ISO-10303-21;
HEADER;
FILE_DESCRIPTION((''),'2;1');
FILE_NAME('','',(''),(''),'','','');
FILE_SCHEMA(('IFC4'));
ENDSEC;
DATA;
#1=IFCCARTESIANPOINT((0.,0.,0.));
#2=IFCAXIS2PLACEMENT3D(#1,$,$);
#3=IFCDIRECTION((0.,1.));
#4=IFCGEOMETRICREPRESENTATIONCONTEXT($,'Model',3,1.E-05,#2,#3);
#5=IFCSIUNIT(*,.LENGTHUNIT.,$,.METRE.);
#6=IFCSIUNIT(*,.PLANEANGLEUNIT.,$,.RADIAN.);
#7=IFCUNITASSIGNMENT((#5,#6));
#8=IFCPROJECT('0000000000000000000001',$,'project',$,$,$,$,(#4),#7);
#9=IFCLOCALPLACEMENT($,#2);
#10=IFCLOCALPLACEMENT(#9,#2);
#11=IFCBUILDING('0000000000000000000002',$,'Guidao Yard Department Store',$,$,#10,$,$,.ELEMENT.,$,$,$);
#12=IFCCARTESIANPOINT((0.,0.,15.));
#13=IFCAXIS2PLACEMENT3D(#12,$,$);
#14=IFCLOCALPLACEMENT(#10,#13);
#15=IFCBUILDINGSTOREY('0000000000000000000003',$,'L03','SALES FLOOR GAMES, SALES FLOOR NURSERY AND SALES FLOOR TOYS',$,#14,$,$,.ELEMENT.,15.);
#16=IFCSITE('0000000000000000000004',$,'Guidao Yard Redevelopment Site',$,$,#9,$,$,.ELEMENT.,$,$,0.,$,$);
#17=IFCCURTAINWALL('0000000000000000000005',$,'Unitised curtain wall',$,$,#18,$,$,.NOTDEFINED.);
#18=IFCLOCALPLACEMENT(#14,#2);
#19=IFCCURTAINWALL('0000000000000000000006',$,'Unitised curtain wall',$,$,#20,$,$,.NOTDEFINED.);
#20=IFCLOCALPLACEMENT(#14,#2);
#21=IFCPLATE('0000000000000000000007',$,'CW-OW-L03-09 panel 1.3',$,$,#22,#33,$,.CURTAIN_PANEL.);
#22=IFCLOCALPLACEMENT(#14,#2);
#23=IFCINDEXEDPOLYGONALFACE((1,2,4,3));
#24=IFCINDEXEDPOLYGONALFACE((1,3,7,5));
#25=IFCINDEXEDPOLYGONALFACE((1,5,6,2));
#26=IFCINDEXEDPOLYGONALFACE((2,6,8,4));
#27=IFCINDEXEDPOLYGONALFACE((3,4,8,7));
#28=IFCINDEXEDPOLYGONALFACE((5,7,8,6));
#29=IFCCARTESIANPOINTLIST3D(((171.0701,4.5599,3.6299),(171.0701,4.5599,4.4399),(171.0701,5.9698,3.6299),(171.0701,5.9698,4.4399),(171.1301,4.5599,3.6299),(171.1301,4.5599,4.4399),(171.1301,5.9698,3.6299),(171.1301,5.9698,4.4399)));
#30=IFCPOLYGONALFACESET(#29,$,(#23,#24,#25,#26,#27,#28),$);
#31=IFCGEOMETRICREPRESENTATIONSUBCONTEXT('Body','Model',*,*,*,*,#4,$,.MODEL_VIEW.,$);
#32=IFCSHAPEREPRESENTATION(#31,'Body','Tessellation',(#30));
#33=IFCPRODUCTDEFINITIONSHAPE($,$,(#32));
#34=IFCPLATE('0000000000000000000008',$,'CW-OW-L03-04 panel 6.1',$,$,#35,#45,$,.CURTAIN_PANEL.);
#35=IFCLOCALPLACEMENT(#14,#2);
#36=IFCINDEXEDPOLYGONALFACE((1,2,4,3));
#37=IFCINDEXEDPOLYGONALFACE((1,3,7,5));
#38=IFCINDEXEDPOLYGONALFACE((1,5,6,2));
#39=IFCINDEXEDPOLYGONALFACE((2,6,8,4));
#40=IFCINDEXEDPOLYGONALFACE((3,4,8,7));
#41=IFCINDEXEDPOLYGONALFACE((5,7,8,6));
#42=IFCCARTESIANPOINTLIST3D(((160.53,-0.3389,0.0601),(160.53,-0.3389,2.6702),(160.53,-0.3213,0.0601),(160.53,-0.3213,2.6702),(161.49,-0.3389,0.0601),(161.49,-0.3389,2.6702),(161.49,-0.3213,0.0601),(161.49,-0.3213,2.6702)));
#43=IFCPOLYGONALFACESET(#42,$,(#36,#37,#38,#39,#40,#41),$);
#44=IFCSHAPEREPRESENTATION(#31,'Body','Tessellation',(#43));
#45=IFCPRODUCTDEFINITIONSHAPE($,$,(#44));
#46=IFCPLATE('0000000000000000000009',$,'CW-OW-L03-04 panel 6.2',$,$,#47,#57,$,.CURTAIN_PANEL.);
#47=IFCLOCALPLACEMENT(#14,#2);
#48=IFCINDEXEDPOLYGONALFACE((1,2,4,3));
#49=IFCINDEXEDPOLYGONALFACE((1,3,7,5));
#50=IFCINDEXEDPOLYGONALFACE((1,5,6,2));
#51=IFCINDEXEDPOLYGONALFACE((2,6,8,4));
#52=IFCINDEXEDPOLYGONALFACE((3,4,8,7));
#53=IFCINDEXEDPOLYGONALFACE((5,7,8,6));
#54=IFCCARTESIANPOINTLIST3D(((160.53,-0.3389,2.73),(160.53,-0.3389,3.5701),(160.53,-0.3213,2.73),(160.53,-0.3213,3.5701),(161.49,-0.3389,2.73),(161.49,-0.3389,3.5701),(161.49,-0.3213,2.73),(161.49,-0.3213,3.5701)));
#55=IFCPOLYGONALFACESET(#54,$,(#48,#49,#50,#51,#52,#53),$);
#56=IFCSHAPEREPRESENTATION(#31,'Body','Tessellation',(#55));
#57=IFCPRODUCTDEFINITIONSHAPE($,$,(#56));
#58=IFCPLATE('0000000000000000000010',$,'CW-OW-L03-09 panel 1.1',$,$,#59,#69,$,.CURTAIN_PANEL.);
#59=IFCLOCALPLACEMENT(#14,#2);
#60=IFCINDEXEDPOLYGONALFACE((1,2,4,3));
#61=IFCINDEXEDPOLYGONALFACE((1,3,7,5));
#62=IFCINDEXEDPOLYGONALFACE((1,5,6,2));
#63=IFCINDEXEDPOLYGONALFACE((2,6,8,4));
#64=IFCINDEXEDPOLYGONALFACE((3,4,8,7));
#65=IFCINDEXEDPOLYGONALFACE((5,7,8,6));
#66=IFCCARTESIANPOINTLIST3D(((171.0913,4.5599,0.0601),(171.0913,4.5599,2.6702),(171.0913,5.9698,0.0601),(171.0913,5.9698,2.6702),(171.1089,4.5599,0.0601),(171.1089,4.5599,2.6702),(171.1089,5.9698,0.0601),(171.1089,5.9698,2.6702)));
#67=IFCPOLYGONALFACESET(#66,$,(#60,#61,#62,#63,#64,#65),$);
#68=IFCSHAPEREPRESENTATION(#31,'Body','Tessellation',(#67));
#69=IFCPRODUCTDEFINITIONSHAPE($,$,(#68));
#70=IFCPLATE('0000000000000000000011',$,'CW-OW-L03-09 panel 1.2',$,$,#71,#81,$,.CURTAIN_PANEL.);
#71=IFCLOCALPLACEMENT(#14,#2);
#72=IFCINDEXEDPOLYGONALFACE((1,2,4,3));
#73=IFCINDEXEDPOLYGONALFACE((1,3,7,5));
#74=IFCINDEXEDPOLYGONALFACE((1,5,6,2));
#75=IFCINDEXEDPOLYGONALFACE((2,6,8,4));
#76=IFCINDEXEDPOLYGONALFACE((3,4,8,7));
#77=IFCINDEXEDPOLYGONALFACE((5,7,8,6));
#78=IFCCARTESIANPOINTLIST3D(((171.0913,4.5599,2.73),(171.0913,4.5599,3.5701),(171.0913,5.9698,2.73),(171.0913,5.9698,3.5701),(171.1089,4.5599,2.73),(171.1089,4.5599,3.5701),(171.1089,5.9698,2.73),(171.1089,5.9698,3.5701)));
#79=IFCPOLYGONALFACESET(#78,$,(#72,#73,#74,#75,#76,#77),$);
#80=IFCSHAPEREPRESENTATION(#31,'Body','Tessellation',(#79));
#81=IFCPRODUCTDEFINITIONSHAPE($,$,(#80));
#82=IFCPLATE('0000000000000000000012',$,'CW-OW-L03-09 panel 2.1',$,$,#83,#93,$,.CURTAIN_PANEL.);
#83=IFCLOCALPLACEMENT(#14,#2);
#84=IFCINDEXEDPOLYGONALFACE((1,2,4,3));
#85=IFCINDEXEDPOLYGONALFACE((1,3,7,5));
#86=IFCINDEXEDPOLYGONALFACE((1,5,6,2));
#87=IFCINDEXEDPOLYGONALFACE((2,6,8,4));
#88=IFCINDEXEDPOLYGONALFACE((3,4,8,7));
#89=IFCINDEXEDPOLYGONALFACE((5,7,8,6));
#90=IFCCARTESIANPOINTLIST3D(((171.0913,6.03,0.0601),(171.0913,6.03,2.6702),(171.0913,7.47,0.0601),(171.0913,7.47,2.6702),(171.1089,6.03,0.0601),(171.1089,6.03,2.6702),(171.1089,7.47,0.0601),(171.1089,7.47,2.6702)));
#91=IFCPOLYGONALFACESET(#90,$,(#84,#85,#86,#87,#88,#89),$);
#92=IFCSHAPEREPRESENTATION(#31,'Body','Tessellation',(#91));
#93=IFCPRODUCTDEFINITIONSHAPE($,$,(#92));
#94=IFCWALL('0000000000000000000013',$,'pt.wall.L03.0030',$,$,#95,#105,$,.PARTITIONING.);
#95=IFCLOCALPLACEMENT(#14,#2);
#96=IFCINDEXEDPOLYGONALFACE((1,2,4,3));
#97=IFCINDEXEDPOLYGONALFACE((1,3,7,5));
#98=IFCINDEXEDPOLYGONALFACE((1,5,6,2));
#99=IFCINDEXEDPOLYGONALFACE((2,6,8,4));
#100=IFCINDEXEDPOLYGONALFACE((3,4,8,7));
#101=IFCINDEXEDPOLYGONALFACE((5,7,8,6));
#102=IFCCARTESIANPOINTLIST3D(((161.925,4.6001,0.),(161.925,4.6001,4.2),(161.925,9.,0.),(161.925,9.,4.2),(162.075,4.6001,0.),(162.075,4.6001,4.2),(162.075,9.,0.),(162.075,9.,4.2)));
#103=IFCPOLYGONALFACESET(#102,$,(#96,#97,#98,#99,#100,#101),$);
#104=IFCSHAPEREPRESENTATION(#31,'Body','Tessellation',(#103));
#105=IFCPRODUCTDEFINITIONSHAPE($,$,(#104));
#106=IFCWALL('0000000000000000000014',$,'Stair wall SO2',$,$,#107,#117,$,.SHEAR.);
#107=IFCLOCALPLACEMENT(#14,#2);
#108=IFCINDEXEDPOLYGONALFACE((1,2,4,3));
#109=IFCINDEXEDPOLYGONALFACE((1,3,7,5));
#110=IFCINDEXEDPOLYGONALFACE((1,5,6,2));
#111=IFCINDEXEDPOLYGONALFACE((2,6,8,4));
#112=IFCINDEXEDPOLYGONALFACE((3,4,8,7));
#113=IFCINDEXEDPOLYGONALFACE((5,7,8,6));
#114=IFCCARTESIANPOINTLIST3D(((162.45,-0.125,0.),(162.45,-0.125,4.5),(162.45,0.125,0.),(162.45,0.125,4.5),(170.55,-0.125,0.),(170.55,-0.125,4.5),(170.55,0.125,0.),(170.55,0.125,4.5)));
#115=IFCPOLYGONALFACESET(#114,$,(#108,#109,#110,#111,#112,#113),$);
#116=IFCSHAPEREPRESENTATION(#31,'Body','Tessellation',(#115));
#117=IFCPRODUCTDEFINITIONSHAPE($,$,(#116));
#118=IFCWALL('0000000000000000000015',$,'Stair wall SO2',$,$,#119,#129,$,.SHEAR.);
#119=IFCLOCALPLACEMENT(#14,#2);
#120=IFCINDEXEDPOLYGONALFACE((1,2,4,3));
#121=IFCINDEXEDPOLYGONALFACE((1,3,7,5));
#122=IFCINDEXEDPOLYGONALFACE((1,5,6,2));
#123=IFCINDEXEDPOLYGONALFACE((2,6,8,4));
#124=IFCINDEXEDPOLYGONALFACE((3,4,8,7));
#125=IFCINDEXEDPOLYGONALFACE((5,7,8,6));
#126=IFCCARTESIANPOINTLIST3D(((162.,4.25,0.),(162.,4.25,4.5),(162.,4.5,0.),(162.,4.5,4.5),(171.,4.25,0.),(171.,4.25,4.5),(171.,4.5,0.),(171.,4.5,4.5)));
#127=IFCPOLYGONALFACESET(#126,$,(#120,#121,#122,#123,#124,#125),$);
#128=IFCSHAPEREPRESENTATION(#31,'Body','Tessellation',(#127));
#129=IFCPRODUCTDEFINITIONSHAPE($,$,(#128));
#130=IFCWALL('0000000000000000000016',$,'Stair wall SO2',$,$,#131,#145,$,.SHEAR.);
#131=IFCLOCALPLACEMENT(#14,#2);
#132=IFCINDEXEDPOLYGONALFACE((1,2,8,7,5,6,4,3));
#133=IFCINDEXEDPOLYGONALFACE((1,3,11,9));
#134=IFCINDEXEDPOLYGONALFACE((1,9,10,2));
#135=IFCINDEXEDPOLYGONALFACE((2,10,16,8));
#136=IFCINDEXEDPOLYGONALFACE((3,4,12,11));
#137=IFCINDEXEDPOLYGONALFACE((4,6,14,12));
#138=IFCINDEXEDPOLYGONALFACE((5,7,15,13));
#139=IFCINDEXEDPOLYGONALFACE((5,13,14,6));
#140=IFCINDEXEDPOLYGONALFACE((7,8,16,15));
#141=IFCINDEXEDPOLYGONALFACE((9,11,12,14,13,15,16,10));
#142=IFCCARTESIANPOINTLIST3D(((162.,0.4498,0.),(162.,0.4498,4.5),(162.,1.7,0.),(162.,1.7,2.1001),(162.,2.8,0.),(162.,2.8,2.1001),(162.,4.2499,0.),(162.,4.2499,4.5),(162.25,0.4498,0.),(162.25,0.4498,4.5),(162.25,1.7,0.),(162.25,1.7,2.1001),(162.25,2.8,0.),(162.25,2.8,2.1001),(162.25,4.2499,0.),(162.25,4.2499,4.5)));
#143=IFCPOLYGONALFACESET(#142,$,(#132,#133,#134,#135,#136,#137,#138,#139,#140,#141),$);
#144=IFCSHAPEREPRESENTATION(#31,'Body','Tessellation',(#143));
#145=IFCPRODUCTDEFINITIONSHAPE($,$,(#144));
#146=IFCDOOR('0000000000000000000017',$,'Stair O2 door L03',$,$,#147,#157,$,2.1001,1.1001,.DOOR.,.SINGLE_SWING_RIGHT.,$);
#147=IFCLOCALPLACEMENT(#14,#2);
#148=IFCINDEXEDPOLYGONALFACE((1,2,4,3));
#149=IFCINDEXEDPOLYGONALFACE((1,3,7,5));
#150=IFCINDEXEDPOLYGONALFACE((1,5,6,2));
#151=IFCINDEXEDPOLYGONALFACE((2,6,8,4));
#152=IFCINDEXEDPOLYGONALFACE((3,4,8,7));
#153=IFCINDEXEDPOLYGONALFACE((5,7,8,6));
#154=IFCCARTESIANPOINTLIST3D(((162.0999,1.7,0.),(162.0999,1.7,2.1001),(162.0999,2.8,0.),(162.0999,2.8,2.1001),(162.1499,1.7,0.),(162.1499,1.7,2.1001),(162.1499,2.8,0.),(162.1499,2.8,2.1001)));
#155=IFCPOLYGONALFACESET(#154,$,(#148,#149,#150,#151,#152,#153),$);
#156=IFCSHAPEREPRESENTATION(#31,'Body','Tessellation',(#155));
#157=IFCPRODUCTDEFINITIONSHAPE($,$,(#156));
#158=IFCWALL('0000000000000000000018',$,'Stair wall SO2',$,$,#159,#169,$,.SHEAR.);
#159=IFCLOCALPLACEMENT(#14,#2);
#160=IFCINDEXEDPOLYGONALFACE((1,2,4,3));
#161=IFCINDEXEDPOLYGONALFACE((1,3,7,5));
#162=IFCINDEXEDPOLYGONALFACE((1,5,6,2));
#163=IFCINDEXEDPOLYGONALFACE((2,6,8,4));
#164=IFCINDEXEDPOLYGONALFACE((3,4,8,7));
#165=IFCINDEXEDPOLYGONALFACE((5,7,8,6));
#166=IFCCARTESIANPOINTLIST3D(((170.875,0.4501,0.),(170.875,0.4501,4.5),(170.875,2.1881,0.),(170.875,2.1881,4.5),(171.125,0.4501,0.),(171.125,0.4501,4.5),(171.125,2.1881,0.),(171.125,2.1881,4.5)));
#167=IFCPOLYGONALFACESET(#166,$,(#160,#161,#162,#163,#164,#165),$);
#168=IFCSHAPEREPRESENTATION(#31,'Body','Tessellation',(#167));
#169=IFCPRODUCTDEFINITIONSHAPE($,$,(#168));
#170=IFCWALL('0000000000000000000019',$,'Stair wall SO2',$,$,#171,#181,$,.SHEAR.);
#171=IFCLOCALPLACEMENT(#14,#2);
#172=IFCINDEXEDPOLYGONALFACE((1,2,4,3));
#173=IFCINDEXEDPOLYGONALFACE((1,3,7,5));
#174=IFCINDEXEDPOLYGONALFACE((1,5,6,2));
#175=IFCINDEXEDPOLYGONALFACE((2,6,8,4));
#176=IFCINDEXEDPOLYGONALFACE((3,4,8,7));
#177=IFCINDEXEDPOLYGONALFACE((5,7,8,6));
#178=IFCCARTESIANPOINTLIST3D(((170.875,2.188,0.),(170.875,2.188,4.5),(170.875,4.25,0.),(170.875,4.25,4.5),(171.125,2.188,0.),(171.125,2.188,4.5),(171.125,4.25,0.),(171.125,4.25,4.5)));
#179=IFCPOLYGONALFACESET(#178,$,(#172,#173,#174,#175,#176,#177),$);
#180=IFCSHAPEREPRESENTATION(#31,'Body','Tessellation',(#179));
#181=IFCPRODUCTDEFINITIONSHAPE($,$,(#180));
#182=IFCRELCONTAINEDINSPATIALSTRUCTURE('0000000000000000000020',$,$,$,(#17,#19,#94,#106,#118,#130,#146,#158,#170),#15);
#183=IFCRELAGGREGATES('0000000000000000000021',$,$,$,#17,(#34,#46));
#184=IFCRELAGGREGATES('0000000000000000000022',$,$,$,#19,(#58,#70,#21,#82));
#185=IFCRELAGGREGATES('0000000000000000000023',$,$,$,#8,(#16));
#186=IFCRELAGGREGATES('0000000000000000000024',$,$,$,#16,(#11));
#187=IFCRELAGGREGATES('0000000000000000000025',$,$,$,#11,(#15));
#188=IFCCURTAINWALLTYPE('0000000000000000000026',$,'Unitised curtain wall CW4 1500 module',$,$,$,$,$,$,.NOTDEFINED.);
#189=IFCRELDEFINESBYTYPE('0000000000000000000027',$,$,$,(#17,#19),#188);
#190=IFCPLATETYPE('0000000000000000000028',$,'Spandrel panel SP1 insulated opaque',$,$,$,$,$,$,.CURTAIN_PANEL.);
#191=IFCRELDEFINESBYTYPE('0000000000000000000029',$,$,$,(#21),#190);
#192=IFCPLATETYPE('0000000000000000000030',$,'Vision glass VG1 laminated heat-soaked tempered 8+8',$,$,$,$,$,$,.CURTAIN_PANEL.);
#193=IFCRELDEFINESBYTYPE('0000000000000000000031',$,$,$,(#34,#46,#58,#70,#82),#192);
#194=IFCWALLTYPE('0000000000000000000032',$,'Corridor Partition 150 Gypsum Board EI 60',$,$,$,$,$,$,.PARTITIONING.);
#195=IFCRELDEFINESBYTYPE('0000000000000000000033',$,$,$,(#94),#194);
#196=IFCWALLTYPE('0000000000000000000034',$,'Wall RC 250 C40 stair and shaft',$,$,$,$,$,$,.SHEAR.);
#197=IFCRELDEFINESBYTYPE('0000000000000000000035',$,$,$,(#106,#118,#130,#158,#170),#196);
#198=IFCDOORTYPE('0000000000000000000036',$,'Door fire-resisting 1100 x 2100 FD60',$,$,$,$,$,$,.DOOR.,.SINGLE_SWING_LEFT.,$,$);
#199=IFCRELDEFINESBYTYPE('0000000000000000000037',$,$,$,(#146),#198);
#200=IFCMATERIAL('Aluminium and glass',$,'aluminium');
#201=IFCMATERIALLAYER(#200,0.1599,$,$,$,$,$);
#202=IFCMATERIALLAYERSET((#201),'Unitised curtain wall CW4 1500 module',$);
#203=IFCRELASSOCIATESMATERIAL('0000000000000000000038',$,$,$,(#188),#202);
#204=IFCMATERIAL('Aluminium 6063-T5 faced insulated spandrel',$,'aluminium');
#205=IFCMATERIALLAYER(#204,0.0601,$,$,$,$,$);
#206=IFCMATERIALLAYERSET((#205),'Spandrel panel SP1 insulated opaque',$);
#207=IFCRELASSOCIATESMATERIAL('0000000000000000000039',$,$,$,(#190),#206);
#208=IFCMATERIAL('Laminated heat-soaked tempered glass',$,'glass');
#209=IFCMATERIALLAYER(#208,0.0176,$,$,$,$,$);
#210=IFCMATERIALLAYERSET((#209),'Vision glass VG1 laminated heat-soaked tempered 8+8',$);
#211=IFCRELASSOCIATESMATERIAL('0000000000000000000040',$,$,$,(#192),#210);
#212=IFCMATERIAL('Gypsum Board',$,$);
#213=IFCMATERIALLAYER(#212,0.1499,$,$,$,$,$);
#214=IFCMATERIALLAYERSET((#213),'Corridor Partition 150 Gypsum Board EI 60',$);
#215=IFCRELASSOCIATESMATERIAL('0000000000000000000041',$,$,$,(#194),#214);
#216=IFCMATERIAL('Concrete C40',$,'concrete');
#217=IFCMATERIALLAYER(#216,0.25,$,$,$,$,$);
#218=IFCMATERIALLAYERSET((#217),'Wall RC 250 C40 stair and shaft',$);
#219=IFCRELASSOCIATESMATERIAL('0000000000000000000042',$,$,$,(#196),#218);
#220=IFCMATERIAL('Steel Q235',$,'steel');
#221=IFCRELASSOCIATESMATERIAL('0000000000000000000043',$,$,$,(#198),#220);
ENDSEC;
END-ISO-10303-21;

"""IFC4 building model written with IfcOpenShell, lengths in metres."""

from ifc_helpers import new_model, si_unit, direction, frame, frame_2d, origin, origin_2d, place, context, subcontext, project, spatial, rectangle, extrude, material, layer, layer_set, type_object, element, fill, aggregate, save


model = new_model("IFC4")

# Units and contexts
model_context = context("Model", 3, precision=1e-05, world=origin(), true_north=direction((0.0, 1.0)))
body_context = subcontext(model_context, "Body", "Model", "MODEL_VIEW")
ifc_project = project(units=[si_unit("LENGTHUNIT", "METRE"), si_unit("PLANEANGLEUNIT", "RADIAN")], contexts=[model_context])

# Site, building, storey
site_placement = place(None, origin())
site = spatial("IfcSite", under=ifc_project, at=site_placement, Name="Guidao Yard Redevelopment Site", CompositionType="ELEMENT", RefElevation=0.0)
building_placement = place(site_placement, origin())
building = spatial("IfcBuilding", under=site, at=building_placement, Name="Guidao Yard Department Store", CompositionType="ELEMENT")
storey_placement = place(building_placement, frame((0.0, 0.0, 15.0)))
storey = spatial("IfcBuildingStorey", under=building, at=storey_placement, Name="L03", Description="SALES FLOOR GAMES, SALES FLOOR NURSERY AND SALES FLOOR TOYS", CompositionType="ELEMENT", Elevation=15.0)

# Curtain wall
ifc_material_1 = material(Name="Aluminium and glass", Category="aluminium")
ifc_layer_1 = layer(ifc_material_1, 0.1599)
ifc_layer_set_1 = layer_set([ifc_layer_1], Name="Unitised curtain wall CW4 1500 module")
curtain_wall_type = type_object("IfcCurtainWallType", Name="Unitised curtain wall CW4 1500 module", PredefinedType="NOTDEFINED", material=ifc_layer_set_1)
curtain_wall_1_placement = place(storey_placement, origin())
curtain_wall_1 = element("IfcCurtainWall", 1, at=curtain_wall_1_placement, inside=storey, type_object=curtain_wall_type, Name="Unitised curtain wall", PredefinedType="NOTDEFINED")

# Curtain wall
curtain_wall_2_placement = place(storey_placement, origin())
curtain_wall_2 = element("IfcCurtainWall", 2, at=curtain_wall_2_placement, inside=storey, type_object=curtain_wall_type, Name="Unitised curtain wall", PredefinedType="NOTDEFINED")

# Plates
ifc_material_2 = material(Name="Aluminium 6063-T5 faced insulated spandrel", Category="aluminium")
ifc_layer_2 = layer(ifc_material_2, 0.0601)
ifc_layer_set_2 = layer_set([ifc_layer_2], Name="Spandrel panel SP1 insulated opaque")
plate_type_1 = type_object("IfcPlateType", Name="Spandrel panel SP1 insulated opaque", PredefinedType="CURTAIN_PANEL", material=ifc_layer_set_2)
plate_1_placement = place(storey_placement, frame((171.1001, 5.2649, 3.6299), z_axis=(0.0, 0.0, 1.0), x_axis=(0.0, -1.0, 0.0)))
plate_1 = element("IfcPlate", 3, at=plate_1_placement, type_object=plate_type_1, Name="CW-OW-L03-09 panel 1.3", PredefinedType="CURTAIN_PANEL", context=body_context, shape_type="SweptSolid", body=[
    extrude(rectangle(XDim=1.4099, YDim=0.0601, at=origin_2d()), origin(), (0.0, 0.0, 1.0), 0.8101),
])
ifc_material_3 = material(Name="Laminated heat-soaked tempered glass", Category="glass")
ifc_layer_3 = layer(ifc_material_3, 0.0176)
ifc_layer_set_3 = layer_set([ifc_layer_3], Name="Vision glass VG1 laminated heat-soaked tempered 8+8")
plate_type_2 = type_object("IfcPlateType", Name="Vision glass VG1 laminated heat-soaked tempered 8+8", PredefinedType="CURTAIN_PANEL", material=ifc_layer_set_3)
plate_2_placement = place(storey_placement, frame((161.01, -0.3301, 0.0601), z_axis=(0.0, 0.0, 1.0), x_axis=(-1.0, 0.0, 0.0)))
plate_2 = element("IfcPlate", 4, at=plate_2_placement, type_object=plate_type_2, Name="CW-OW-L03-04 panel 6.1", PredefinedType="CURTAIN_PANEL", context=body_context, shape_type="SweptSolid", body=[
    extrude(rectangle(XDim=0.96, YDim=0.0176, at=origin_2d()), origin(), (0.0, 0.0, 1.0), 2.6101),
])
plate_3_placement = place(storey_placement, frame((161.01, -0.3301, 2.73), z_axis=(0.0, 0.0, 1.0), x_axis=(-1.0, 0.0, 0.0)))
plate_3 = element("IfcPlate", 5, at=plate_3_placement, type_object=plate_type_2, Name="CW-OW-L03-04 panel 6.2", PredefinedType="CURTAIN_PANEL", context=body_context, shape_type="SweptSolid", body=[
    extrude(rectangle(XDim=0.96, YDim=0.0176, at=origin_2d()), origin(), (0.0, 0.0, 1.0), 0.8401),
])
aggregate(curtain_wall_1, [plate_2, plate_3])
plate_4_placement = place(storey_placement, frame((171.1001, 5.2649, 0.0601), z_axis=(0.0, 0.0, 1.0), x_axis=(0.0, -1.0, 0.0)))
plate_4 = element("IfcPlate", 6, at=plate_4_placement, type_object=plate_type_2, Name="CW-OW-L03-09 panel 1.1", PredefinedType="CURTAIN_PANEL", context=body_context, shape_type="SweptSolid", body=[
    extrude(rectangle(XDim=1.4099, YDim=0.0176, at=origin_2d()), origin(), (0.0, 0.0, 1.0), 2.6101),
])
plate_5_placement = place(storey_placement, frame((171.1001, 5.2649, 2.73), z_axis=(0.0, 0.0, 1.0), x_axis=(0.0, -1.0, 0.0)))
plate_5 = element("IfcPlate", 7, at=plate_5_placement, type_object=plate_type_2, Name="CW-OW-L03-09 panel 1.2", PredefinedType="CURTAIN_PANEL", context=body_context, shape_type="SweptSolid", body=[
    extrude(rectangle(XDim=1.4099, YDim=0.0176, at=origin_2d()), origin(), (0.0, 0.0, 1.0), 0.8401),
])
plate_6_placement = place(storey_placement, frame((171.1001, 6.75, 0.0601), z_axis=(0.0, 0.0, 1.0), x_axis=(0.0, -1.0, 0.0)))
plate_6 = element("IfcPlate", 8, at=plate_6_placement, type_object=plate_type_2, Name="CW-OW-L03-09 panel 2.1", PredefinedType="CURTAIN_PANEL", context=body_context, shape_type="SweptSolid", body=[
    extrude(rectangle(XDim=1.4399, YDim=0.0176, at=origin_2d()), origin(), (0.0, 0.0, 1.0), 2.6101),
])
aggregate(curtain_wall_2, [plate_4, plate_5, plate_1, plate_6])

# Walls
ifc_material_4 = material(Name="Gypsum Board")
ifc_layer_4 = layer(ifc_material_4, 0.1499)
ifc_layer_set_4 = layer_set([ifc_layer_4], Name="Corridor Partition 150 Gypsum Board EI 60")
wall_type_1 = type_object("IfcWallType", Name="Corridor Partition 150 Gypsum Board EI 60", PredefinedType="PARTITIONING", material=ifc_layer_set_4)
wall_1_placement = place(storey_placement, frame((162.0, 4.6001, 0.0), z_axis=(0.0, 0.0, 1.0), x_axis=(0.0, 1.0, 0.0)))
element("IfcWall", 9, at=wall_1_placement, inside=storey, type_object=wall_type_1, Name="pt.wall.L03.0030", PredefinedType="PARTITIONING", context=body_context, shape_type="SweptSolid", body=[
    extrude(rectangle(XDim=4.3999, YDim=0.1499, at=frame_2d((2.2, 0.0))), origin(), (0.0, 0.0, 1.0), 4.2),
])
ifc_material_5 = material(Name="Concrete C40", Category="concrete")
ifc_layer_5 = layer(ifc_material_5, 0.25)
ifc_layer_set_5 = layer_set([ifc_layer_5], Name="Wall RC 250 C40 stair and shaft")
wall_type_2 = type_object("IfcWallType", Name="Wall RC 250 C40 stair and shaft", PredefinedType="SHEAR", material=ifc_layer_set_5)
wall_2_placement = place(storey_placement, frame((162.45, 0.0, 0.0), z_axis=(0.0, 0.0, 1.0), x_axis=(1.0, 0.0, 0.0)))
element("IfcWall", 10, at=wall_2_placement, inside=storey, type_object=wall_type_2, Name="Stair wall SO2", PredefinedType="SHEAR", context=body_context, shape_type="SweptSolid", body=[
    extrude(rectangle(XDim=8.1001, YDim=0.25, at=frame_2d((4.05, 0.0))), origin(), (0.0, 0.0, 1.0), 4.5),
])
wall_3_placement = place(storey_placement, frame((162.0, 4.375, 0.0), z_axis=(0.0, 0.0, 1.0), x_axis=(1.0, 0.0, 0.0)))
element("IfcWall", 11, at=wall_3_placement, inside=storey, type_object=wall_type_2, Name="Stair wall SO2", PredefinedType="SHEAR", context=body_context, shape_type="SweptSolid", body=[
    extrude(rectangle(XDim=9.0, YDim=0.25, at=frame_2d((4.5, 0.0))), origin(), (0.0, 0.0, 1.0), 4.5),
])

# Wall, opening, door
wall_4_placement = place(storey_placement, frame((162.125, 0.45, 0.0), z_axis=(0.0, 0.0, 1.0), x_axis=(0.0, 1.0, 0.0)))
wall_4 = element("IfcWall", 12, at=wall_4_placement, inside=storey, type_object=wall_type_2, Name="Stair wall SO2", PredefinedType="SHEAR", context=body_context, shape_type="SweptSolid", body=[
    extrude(rectangle(XDim=3.8, YDim=0.25, at=frame_2d((1.8999, 0.0))), origin(), (0.0, 0.0, 1.0), 4.5),
])
opening_placement = place(wall_4_placement, frame((2.3501, 0.0, 0.0), z_axis=(0.0, 0.0, 1.0), x_axis=(-1.0, 0.0, 0.0)))
opening = element("IfcOpeningElement", 13, at=opening_placement, cuts=wall_4, PredefinedType="OPENING", context=body_context, shape_type="SweptSolid", body=[
    extrude(rectangle(XDim=1.1001, YDim=2.1001, at=frame_2d((0.55, 1.05))), frame((0.0, 0.135, 0.0), z_axis=(0.0, -1.0, 0.0), x_axis=(1.0, 0.0, 0.0)), (0.0, 0.0, 1.0), 0.27),
])
ifc_material_6 = material(Name="Steel Q235", Category="steel")
door_type = type_object("IfcDoorType", Name="Door fire-resisting 1100 x 2100 FD60", OperationType="SINGLE_SWING_LEFT", PredefinedType="DOOR", material=ifc_material_6)
door_placement = place(opening_placement, origin())
door = element("IfcDoor", 14, at=door_placement, inside=storey, type_object=door_type, Name="Stair O2 door L03", OperationType="SINGLE_SWING_RIGHT", OverallHeight=2.1001, OverallWidth=1.1001, PredefinedType="DOOR", context=body_context, shape_type="SweptSolid", body=[
    extrude(rectangle(XDim=1.1001, YDim=2.1001, at=frame_2d((0.55, 1.05))), frame((0.0, 0.0249, 0.0), z_axis=(0.0, -1.0, 0.0), x_axis=(1.0, 0.0, 0.0)), (0.0, 0.0, 1.0), 0.05),
])
fill(opening, door)

# Walls
wall_5_placement = place(storey_placement, frame((171.0, 0.45, 0.0), z_axis=(0.0, 0.0, 1.0), x_axis=(0.0, 1.0, 0.0)))
element("IfcWall", 15, at=wall_5_placement, inside=storey, type_object=wall_type_2, Name="Stair wall SO2", PredefinedType="SHEAR", context=body_context, shape_type="SweptSolid", body=[
    extrude(rectangle(XDim=1.738, YDim=0.25, at=frame_2d((0.8691, 0.0))), origin(), (0.0, 0.0, 1.0), 4.5),
])
wall_6_placement = place(storey_placement, frame((171.0, 2.188, 0.0), z_axis=(0.0, 0.0, 1.0), x_axis=(0.0, 1.0, 0.0)))
element("IfcWall", 16, at=wall_6_placement, inside=storey, type_object=wall_type_2, Name="Stair wall SO2", PredefinedType="SHEAR", context=body_context, shape_type="SweptSolid", body=[
    extrude(rectangle(XDim=2.062, YDim=0.25, at=frame_2d((1.031, 0.0))), origin(), (0.0, 0.0, 1.0), 4.5),
])

save(model, "model.ifc")
